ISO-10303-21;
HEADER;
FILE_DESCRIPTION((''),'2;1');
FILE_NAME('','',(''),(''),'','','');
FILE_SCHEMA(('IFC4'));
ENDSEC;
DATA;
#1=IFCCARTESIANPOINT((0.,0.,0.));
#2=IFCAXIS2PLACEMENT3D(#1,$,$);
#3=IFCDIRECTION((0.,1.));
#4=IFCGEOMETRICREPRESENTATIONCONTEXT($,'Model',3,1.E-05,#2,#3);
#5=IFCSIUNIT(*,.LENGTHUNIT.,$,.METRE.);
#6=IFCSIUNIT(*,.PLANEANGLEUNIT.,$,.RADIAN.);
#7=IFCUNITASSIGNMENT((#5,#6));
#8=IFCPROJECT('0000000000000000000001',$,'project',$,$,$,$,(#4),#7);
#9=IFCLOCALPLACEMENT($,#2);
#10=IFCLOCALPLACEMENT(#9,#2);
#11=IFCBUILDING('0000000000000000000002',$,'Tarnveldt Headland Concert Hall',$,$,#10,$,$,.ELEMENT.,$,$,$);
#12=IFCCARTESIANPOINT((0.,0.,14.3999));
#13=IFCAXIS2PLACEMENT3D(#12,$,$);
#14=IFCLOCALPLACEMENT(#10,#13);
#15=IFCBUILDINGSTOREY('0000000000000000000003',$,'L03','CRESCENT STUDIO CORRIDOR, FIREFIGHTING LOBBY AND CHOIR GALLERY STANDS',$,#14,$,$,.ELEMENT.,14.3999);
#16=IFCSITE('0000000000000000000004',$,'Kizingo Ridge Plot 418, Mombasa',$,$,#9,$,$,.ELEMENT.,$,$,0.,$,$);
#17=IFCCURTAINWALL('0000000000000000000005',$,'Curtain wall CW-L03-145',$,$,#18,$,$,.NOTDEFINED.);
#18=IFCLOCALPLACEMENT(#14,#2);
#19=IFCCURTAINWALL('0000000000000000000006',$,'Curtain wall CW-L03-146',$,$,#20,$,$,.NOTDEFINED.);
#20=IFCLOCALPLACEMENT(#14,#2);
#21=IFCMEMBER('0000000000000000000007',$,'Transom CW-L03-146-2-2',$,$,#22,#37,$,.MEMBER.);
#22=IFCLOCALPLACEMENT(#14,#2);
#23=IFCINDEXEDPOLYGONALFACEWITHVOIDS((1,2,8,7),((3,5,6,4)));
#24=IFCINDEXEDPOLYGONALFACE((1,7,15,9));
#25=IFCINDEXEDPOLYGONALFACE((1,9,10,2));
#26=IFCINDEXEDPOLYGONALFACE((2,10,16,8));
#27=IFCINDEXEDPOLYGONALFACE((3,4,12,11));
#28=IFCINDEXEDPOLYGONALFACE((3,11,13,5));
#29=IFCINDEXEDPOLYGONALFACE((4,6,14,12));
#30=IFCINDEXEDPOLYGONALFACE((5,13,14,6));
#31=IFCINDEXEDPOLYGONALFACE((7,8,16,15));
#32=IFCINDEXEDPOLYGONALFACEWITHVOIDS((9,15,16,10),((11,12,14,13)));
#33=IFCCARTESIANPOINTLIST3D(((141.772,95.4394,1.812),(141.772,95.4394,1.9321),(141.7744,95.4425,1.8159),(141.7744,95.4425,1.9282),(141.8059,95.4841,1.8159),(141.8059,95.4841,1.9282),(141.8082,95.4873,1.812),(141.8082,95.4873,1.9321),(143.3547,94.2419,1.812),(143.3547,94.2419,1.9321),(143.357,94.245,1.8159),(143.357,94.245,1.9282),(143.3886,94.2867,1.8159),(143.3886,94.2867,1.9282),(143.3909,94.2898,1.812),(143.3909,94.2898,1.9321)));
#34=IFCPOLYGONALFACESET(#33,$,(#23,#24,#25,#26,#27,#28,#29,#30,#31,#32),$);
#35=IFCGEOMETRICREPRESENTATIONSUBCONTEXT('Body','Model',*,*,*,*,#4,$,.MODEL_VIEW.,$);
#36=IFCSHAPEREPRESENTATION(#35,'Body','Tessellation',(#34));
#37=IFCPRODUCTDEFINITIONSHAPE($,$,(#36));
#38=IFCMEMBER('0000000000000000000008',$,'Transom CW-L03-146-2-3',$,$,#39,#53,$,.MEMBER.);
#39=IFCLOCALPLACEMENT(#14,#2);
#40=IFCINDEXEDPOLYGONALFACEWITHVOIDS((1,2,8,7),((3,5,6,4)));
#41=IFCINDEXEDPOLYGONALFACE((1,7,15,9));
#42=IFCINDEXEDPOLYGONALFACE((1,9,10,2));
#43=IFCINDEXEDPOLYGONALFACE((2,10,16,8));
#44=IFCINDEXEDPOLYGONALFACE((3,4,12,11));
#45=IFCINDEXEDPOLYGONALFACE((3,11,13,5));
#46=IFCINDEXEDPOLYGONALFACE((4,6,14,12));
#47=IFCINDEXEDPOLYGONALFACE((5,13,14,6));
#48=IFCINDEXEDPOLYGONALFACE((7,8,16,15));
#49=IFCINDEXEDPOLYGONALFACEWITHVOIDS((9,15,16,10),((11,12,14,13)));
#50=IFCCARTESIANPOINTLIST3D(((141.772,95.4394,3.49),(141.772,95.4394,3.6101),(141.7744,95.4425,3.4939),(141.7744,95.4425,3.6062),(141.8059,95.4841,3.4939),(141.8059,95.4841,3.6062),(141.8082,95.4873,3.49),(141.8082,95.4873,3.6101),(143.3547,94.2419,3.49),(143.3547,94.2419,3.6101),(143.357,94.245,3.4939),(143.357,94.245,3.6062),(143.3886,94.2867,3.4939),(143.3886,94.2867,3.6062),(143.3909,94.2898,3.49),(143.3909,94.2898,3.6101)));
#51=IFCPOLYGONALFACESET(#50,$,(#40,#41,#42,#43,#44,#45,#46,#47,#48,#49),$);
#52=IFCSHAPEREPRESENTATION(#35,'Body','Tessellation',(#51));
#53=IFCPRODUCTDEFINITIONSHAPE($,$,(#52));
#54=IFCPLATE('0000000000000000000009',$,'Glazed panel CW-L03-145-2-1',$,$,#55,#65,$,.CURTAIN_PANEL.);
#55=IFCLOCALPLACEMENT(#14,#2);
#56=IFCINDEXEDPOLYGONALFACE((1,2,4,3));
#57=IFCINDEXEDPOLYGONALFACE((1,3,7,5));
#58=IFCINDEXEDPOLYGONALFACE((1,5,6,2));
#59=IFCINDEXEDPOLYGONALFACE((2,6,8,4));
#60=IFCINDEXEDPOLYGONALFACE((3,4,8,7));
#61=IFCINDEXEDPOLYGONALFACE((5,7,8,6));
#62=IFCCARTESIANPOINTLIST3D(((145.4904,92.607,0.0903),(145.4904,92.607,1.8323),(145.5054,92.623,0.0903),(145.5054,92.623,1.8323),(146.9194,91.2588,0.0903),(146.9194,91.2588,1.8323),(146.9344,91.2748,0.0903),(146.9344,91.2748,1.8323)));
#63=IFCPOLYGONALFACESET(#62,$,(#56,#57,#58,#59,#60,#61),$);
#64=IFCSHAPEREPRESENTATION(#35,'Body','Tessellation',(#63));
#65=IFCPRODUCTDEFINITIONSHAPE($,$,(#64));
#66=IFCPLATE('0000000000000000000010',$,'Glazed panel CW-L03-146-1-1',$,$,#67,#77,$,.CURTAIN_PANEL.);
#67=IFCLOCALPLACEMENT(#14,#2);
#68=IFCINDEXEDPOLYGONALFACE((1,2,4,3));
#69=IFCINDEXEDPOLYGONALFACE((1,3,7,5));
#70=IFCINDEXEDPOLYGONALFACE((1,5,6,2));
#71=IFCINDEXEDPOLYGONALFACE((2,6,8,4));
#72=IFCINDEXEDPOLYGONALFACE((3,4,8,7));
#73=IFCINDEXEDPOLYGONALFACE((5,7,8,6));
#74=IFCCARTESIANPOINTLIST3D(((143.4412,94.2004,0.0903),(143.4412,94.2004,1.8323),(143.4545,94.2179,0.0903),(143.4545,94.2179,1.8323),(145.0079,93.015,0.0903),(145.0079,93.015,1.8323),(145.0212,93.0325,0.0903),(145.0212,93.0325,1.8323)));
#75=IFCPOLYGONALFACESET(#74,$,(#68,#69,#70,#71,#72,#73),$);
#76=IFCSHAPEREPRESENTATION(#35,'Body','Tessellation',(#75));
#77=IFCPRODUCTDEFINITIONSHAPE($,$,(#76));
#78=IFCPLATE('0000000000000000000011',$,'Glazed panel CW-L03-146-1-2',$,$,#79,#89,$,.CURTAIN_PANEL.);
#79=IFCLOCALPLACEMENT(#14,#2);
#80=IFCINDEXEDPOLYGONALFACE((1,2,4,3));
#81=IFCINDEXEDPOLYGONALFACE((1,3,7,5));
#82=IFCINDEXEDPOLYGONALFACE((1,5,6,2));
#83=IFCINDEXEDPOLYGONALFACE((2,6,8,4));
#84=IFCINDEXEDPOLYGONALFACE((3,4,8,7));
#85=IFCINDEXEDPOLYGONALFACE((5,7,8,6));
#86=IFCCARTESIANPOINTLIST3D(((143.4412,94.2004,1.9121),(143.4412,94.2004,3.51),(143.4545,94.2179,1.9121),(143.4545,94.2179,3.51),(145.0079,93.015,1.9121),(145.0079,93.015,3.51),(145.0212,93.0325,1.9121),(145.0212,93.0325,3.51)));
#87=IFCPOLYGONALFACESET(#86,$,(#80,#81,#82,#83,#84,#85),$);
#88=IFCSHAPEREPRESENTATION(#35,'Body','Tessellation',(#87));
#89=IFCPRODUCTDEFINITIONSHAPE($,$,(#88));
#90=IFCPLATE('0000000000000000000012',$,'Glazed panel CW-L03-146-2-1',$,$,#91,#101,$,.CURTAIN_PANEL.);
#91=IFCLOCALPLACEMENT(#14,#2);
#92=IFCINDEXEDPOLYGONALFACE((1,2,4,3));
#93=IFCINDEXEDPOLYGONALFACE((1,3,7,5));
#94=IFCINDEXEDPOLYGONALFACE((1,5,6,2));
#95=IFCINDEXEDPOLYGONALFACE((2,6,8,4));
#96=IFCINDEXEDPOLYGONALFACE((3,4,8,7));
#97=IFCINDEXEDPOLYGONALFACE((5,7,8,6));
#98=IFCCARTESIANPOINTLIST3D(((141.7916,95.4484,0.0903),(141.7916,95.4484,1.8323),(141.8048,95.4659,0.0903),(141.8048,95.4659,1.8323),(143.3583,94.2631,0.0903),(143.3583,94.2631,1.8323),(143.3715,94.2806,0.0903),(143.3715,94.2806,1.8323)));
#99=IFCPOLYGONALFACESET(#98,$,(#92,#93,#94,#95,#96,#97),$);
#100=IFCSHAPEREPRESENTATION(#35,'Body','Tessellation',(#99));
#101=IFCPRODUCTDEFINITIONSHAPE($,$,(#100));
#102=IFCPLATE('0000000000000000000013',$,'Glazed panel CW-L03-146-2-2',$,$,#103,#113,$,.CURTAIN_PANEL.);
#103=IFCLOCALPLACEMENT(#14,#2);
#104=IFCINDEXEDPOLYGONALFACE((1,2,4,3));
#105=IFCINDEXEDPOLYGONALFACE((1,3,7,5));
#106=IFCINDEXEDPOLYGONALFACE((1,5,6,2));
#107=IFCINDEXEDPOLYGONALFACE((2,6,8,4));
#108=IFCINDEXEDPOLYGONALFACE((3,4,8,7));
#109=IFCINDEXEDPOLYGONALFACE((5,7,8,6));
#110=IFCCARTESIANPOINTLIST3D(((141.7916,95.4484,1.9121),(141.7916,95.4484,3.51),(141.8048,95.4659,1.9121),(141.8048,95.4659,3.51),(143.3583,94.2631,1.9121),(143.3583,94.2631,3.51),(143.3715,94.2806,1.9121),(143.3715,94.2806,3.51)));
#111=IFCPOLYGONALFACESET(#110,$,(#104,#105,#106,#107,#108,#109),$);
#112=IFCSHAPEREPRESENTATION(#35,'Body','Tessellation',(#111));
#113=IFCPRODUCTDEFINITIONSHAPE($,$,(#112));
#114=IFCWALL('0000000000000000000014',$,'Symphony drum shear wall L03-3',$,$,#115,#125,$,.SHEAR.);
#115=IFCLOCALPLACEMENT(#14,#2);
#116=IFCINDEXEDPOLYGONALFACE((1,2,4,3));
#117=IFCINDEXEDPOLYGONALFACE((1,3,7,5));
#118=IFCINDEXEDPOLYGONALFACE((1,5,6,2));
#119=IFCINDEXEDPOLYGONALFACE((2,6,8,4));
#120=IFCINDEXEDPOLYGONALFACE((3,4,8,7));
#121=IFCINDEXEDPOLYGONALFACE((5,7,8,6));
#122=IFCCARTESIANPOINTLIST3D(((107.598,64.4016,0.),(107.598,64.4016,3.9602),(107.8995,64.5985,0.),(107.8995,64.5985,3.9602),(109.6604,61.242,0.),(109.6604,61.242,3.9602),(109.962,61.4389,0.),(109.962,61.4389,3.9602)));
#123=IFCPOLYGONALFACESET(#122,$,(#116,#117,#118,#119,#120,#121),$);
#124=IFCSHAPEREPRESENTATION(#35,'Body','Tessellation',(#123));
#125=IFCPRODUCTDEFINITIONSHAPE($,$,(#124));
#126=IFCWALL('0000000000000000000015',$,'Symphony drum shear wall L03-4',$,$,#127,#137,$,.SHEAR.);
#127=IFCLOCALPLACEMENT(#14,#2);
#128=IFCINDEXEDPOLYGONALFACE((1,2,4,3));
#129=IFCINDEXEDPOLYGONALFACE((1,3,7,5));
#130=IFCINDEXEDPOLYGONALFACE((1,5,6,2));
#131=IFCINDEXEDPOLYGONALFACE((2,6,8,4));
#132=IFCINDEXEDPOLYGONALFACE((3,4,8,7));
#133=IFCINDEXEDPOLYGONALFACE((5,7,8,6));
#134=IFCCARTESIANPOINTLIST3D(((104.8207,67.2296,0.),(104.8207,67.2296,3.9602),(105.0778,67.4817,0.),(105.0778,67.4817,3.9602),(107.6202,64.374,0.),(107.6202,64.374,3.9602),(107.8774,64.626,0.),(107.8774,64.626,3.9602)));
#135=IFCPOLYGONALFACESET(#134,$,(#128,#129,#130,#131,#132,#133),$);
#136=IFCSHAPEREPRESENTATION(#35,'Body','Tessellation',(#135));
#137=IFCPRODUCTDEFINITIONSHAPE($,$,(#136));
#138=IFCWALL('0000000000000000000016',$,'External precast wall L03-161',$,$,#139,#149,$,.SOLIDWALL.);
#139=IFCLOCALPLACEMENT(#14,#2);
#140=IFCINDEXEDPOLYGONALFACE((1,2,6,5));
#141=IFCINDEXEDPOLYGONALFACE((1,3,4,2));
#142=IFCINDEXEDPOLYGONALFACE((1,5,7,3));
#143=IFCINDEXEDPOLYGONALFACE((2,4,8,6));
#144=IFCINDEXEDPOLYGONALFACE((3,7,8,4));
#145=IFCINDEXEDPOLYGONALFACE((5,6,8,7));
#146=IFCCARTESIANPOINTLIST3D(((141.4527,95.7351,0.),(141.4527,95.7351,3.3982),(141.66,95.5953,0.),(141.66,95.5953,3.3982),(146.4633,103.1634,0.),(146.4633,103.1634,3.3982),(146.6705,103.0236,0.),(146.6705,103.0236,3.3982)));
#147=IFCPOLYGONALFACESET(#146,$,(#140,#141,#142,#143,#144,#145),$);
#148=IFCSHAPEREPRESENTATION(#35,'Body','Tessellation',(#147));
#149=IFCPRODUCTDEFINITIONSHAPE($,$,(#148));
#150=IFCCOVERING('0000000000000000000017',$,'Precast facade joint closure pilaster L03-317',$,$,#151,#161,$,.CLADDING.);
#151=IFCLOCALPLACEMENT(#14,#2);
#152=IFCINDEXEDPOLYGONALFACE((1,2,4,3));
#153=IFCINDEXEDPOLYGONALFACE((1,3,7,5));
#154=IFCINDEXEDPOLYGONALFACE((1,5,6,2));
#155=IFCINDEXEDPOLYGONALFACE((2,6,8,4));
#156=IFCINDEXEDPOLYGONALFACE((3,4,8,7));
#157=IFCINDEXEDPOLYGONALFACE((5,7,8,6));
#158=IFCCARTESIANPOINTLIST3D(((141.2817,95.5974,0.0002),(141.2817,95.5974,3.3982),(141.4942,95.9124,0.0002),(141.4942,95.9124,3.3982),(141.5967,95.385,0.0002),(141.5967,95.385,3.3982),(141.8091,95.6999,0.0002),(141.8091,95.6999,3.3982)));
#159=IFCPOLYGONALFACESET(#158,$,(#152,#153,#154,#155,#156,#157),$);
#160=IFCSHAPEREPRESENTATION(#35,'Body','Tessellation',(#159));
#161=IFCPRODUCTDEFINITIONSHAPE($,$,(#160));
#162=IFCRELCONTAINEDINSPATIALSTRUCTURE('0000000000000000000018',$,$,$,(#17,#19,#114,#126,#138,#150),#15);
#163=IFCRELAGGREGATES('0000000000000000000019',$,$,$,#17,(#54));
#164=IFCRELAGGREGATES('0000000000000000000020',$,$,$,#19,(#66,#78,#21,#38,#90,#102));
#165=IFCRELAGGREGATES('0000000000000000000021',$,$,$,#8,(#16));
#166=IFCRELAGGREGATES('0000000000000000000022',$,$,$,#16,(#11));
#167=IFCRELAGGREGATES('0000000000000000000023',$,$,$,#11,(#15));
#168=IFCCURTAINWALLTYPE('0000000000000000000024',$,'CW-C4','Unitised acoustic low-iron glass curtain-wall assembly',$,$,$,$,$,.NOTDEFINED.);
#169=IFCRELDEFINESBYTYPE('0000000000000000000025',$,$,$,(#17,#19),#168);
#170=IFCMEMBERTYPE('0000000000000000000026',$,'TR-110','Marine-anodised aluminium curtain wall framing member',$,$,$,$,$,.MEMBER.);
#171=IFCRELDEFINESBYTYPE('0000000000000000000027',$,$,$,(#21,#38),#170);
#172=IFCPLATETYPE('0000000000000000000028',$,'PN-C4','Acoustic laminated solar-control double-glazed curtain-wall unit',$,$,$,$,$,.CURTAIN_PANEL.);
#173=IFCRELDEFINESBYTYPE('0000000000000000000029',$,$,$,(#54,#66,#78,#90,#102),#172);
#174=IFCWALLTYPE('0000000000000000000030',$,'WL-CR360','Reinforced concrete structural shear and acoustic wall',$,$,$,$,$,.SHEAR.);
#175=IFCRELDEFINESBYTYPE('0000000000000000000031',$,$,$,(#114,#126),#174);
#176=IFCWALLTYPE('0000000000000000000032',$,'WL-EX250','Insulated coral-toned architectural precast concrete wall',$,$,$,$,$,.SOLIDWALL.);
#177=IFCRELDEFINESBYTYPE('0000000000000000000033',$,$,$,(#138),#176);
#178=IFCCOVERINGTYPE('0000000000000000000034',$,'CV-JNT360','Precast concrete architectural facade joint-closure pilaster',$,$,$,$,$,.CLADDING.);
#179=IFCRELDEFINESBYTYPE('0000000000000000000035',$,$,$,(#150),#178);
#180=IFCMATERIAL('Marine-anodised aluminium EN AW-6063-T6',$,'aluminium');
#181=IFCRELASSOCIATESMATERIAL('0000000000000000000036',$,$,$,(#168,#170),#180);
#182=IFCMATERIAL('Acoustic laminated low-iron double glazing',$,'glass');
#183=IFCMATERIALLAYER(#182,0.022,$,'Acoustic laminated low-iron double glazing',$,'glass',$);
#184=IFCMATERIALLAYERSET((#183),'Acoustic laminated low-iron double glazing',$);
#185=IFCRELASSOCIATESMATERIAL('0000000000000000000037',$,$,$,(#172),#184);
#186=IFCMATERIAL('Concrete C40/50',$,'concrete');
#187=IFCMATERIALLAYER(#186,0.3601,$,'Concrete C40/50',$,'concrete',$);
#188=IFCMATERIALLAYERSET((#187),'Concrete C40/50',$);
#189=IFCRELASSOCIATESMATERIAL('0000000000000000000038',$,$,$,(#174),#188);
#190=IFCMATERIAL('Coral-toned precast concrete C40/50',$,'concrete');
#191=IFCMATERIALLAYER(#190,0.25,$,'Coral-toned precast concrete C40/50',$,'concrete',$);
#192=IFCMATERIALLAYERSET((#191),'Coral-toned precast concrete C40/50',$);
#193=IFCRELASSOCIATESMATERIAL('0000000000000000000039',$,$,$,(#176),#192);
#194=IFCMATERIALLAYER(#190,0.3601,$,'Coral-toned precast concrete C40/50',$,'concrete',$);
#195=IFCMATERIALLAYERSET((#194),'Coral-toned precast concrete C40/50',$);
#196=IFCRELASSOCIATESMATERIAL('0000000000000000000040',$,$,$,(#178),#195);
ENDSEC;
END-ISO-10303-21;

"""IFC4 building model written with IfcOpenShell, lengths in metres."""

from ifc_helpers import new_model, si_unit, direction, frame, frame_2d, origin, origin_2d, place, context, subcontext, project, spatial, rectangle, hollow_rectangle, extrude, material, layer, layer_set, material_profile, profile_set, type_object, element, aggregate, save


model = new_model("IFC4")

# Units and contexts
model_context = context("Model", 3, precision=1e-05, world=origin(), true_north=direction((0.0, 1.0)))
body_context = subcontext(model_context, "Body", "Model", "MODEL_VIEW")
ifc_project = project(units=[si_unit("LENGTHUNIT", "METRE"), si_unit("PLANEANGLEUNIT", "RADIAN")], contexts=[model_context])

# Site, building, storey
site_placement = place(None, origin())
site = spatial("IfcSite", under=ifc_project, at=site_placement, Name="Kizingo Ridge Plot 418, Mombasa", CompositionType="ELEMENT", RefElevation=0.0)
building_placement = place(site_placement, origin())
building = spatial("IfcBuilding", under=site, at=building_placement, Name="Tarnveldt Headland Concert Hall", CompositionType="ELEMENT")
storey_placement = place(building_placement, frame((0.0, 0.0, 14.3999)))
storey = spatial("IfcBuildingStorey", under=building, at=storey_placement, Name="L03", Description="CRESCENT STUDIO CORRIDOR, FIREFIGHTING LOBBY AND CHOIR GALLERY STANDS", CompositionType="ELEMENT", Elevation=14.3999)

# Shared definitions
ifc_material_1 = material(Name="Concrete C40/50", Category="concrete")

# Curtain wall
ifc_material_2 = material(Name="Marine-anodised aluminium EN AW-6063-T6", Category="aluminium")
curtain_wall_type = type_object("IfcCurtainWallType", Name="CW-C4", Description="Unitised acoustic low-iron glass curtain-wall assembly", PredefinedType="NOTDEFINED", material=ifc_material_2)
curtain_wall_1_placement = place(storey_placement, origin())
curtain_wall_1 = element("IfcCurtainWall", 1, at=curtain_wall_1_placement, inside=storey, type_object=curtain_wall_type, Name="Curtain wall CW-L03-145", PredefinedType="NOTDEFINED")

# Curtain wall
curtain_wall_2_placement = place(storey_placement, origin())
curtain_wall_2 = element("IfcCurtainWall", 2, at=curtain_wall_2_placement, inside=storey, type_object=curtain_wall_type, Name="Curtain wall CW-L03-146", PredefinedType="NOTDEFINED")

# Members
ifc_material_profile_1 = material_profile(ifc_material_2, hollow_rectangle(XDim=0.0601, YDim=0.1201, WallThickness=0.0039, at=origin_2d()), Name="ALU TRANSOM 60x120x4", Category="aluminium")
ifc_profile_set_1 = profile_set([ifc_material_profile_1], Name="Marine-anodised aluminium EN AW-6063-T6")
member_type_1 = type_object("IfcMemberType", Name="TR-110", Description="Marine-anodised aluminium curtain wall framing member", PredefinedType="MEMBER", material=ifc_profile_set_1)
member_1_placement = place(storey_placement, frame((143.3728, 94.2659, 1.8721), z_axis=(-0.797469, 0.60336, 0.0), x_axis=(-0.60336, -0.797469, 0.0)))
member_1 = element("IfcMember", 3, at=member_1_placement, type_object=member_type_1, Name="Transom CW-L03-146-2-2", PredefinedType="MEMBER", context=body_context, shape_type="SweptSolid", body=[
    extrude(hollow_rectangle(XDim=0.0601, YDim=0.1201, WallThickness=0.0039, at=origin_2d()), origin(), (0.0, 0.0, 1.0), 1.9846),
])
member_2_placement = place(storey_placement, frame((143.3728, 94.2659, 3.55), z_axis=(-0.797469, 0.60336, 0.0), x_axis=(-0.60336, -0.797469, 0.0)))
member_2 = element("IfcMember", 4, at=member_2_placement, type_object=member_type_1, Name="Transom CW-L03-146-2-3", PredefinedType="MEMBER", context=body_context, shape_type="SweptSolid", body=[
    extrude(hollow_rectangle(XDim=0.0601, YDim=0.1201, WallThickness=0.0039, at=origin_2d()), origin(), (0.0, 0.0, 1.0), 1.9846),
])

# Plates
ifc_material_3 = material(Name="Acoustic laminated low-iron double glazing", Category="glass")
ifc_layer_1 = layer(ifc_material_3, 0.022, Name="Acoustic laminated low-iron double glazing", Category="glass")
ifc_layer_set_1 = layer_set([ifc_layer_1], Name="Acoustic laminated low-iron double glazing")
plate_type = type_object("IfcPlateType", Name="PN-C4", Description="Acoustic laminated solar-control double-glazed curtain-wall unit", PredefinedType="CURTAIN_PANEL", material=ifc_layer_set_1)
plate_1_placement = place(storey_placement, frame((146.2124, 91.9409, 0.0903), z_axis=(0.0, 0.0, 1.0), x_axis=(-0.727378, 0.686237, 0.0)))
plate_1 = element("IfcPlate", 5, at=plate_1_placement, type_object=plate_type, Name="Glazed panel CW-L03-145-2-1", PredefinedType="CURTAIN_PANEL", context=body_context, shape_type="SweptSolid", body=[
    extrude(rectangle(XDim=1.9646, YDim=0.022, at=origin_2d()), origin(), (0.0, 0.0, 1.0), 1.7419),
])
aggregate(curtain_wall_1, [plate_1])
plate_2_placement = place(storey_placement, frame((144.2312, 93.6165, 0.0903), z_axis=(0.0, 0.0, 1.0), x_axis=(-0.797479, 0.603347, 0.0)))
plate_2 = element("IfcPlate", 6, at=plate_2_placement, type_object=plate_type, Name="Glazed panel CW-L03-146-1-1", PredefinedType="CURTAIN_PANEL", context=body_context, shape_type="SweptSolid", body=[
    extrude(rectangle(XDim=1.9646, YDim=0.022, at=origin_2d()), origin(), (0.0, 0.0, 1.0), 1.7419),
])
plate_3_placement = place(storey_placement, frame((144.2312, 93.6165, 1.9121), z_axis=(0.0, 0.0, 1.0), x_axis=(-0.797479, 0.603347, 0.0)))
plate_3 = element("IfcPlate", 7, at=plate_3_placement, type_object=plate_type, Name="Glazed panel CW-L03-146-1-2", PredefinedType="CURTAIN_PANEL", context=body_context, shape_type="SweptSolid", body=[
    extrude(rectangle(XDim=1.9646, YDim=0.022, at=origin_2d()), origin(), (0.0, 0.0, 1.0), 1.5979),
])
plate_4_placement = place(storey_placement, frame((142.5815, 94.8645, 0.0903), z_axis=(0.0, 0.0, 1.0), x_axis=(-0.797479, 0.603347, 0.0)))
plate_4 = element("IfcPlate", 8, at=plate_4_placement, type_object=plate_type, Name="Glazed panel CW-L03-146-2-1", PredefinedType="CURTAIN_PANEL", context=body_context, shape_type="SweptSolid", body=[
    extrude(rectangle(XDim=1.9646, YDim=0.022, at=origin_2d()), origin(), (0.0, 0.0, 1.0), 1.7419),
])
plate_5_placement = place(storey_placement, frame((142.5815, 94.8645, 1.9121), z_axis=(0.0, 0.0, 1.0), x_axis=(-0.797479, 0.603347, 0.0)))
plate_5 = element("IfcPlate", 9, at=plate_5_placement, type_object=plate_type, Name="Glazed panel CW-L03-146-2-2", PredefinedType="CURTAIN_PANEL", context=body_context, shape_type="SweptSolid", body=[
    extrude(rectangle(XDim=1.9646, YDim=0.022, at=origin_2d()), origin(), (0.0, 0.0, 1.0), 1.5979),
])
aggregate(curtain_wall_2, [plate_2, plate_3, member_1, member_2, plate_4, plate_5])

# Walls
ifc_layer_2 = layer(ifc_material_1, 0.3601, Name="Concrete C40/50", Category="concrete")
ifc_layer_set_2 = layer_set([ifc_layer_2], Name="Concrete C40/50")
wall_type_1 = type_object("IfcWallType", Name="WL-CR360", Description="Reinforced concrete structural shear and acoustic wall", PredefinedType="SHEAR", material=ifc_layer_set_2)
wall_1_placement = place(storey_placement, frame((109.8113, 61.3403, 0.0), z_axis=(0.0, 0.0, 1.0), x_axis=(-0.546611, 0.837387, 0.0)))
element("IfcWall", 10, at=wall_1_placement, inside=storey, type_object=wall_type_1, Name="Symphony drum shear wall L03-3", PredefinedType="SHEAR", context=body_context, shape_type="SweptSolid", body=[
    extrude(rectangle(XDim=3.7732, YDim=0.3601, at=frame_2d((1.8867, 0.0))), origin(), (0.0, 0.0, 1.0), 3.9602),
])
wall_2_placement = place(storey_placement, frame((107.7488, 64.5, 0.0), z_axis=(0.0, 0.0, 1.0), x_axis=(-0.700051, 0.714093, 0.0)))
element("IfcWall", 11, at=wall_2_placement, inside=storey, type_object=wall_type_1, Name="Symphony drum shear wall L03-4", PredefinedType="SHEAR", context=body_context, shape_type="SweptSolid", body=[
    extrude(rectangle(XDim=3.999, YDim=0.3601, at=frame_2d((1.9995, 0.0))), origin(), (0.0, 0.0, 1.0), 3.9602),
])
ifc_material_4 = material(Name="Coral-toned precast concrete C40/50", Category="concrete")
ifc_layer_3 = layer(ifc_material_4, 0.25, Name="Coral-toned precast concrete C40/50", Category="concrete")
ifc_layer_set_3 = layer_set([ifc_layer_3], Name="Coral-toned precast concrete C40/50")
wall_type_2 = type_object("IfcWallType", Name="WL-EX250", Description="Insulated coral-toned architectural precast concrete wall", PredefinedType="SOLIDWALL", material=ifc_layer_set_3)
wall_3_placement = place(storey_placement, frame((141.5564, 95.6653, 0.0), z_axis=(0.0, 0.0, 1.0), x_axis=(0.5592, 0.829032, 0.0)))
element("IfcWall", 12, at=wall_3_placement, inside=storey, type_object=wall_type_2, Name="External precast wall L03-161", PredefinedType="SOLIDWALL", context=body_context, shape_type="SweptSolid", body=[
    extrude(rectangle(XDim=8.9602, YDim=0.25, at=frame_2d((4.48, 0.0))), origin(), (0.0, 0.0, 1.0), 3.3982),
])

# Covering
ifc_layer_4 = layer(ifc_material_4, 0.3601, Name="Coral-toned precast concrete C40/50", Category="concrete")
ifc_layer_set_4 = layer_set([ifc_layer_4], Name="Coral-toned precast concrete C40/50")
covering_type = type_object("IfcCoveringType", Name="CV-JNT360", Description="Precast concrete architectural facade joint-closure pilaster", PredefinedType="CLADDING", material=ifc_layer_set_4)
covering_placement = place(storey_placement, frame((141.5454, 95.6487, 0.0002), z_axis=(0.0, 0.0, 1.0), x_axis=(0.559193, 0.829038, 0.0)))
element("IfcCovering", 13, at=covering_placement, inside=storey, type_object=covering_type, Name="Precast facade joint closure pilaster L03-317", PredefinedType="CLADDING", context=body_context, shape_type="SweptSolid", body=[
    extrude(rectangle(XDim=0.3799, YDim=0.3799, at=origin_2d()), origin(), (0.0, 0.0, 1.0), 3.3979),
])

save(model, "model.ifc")
